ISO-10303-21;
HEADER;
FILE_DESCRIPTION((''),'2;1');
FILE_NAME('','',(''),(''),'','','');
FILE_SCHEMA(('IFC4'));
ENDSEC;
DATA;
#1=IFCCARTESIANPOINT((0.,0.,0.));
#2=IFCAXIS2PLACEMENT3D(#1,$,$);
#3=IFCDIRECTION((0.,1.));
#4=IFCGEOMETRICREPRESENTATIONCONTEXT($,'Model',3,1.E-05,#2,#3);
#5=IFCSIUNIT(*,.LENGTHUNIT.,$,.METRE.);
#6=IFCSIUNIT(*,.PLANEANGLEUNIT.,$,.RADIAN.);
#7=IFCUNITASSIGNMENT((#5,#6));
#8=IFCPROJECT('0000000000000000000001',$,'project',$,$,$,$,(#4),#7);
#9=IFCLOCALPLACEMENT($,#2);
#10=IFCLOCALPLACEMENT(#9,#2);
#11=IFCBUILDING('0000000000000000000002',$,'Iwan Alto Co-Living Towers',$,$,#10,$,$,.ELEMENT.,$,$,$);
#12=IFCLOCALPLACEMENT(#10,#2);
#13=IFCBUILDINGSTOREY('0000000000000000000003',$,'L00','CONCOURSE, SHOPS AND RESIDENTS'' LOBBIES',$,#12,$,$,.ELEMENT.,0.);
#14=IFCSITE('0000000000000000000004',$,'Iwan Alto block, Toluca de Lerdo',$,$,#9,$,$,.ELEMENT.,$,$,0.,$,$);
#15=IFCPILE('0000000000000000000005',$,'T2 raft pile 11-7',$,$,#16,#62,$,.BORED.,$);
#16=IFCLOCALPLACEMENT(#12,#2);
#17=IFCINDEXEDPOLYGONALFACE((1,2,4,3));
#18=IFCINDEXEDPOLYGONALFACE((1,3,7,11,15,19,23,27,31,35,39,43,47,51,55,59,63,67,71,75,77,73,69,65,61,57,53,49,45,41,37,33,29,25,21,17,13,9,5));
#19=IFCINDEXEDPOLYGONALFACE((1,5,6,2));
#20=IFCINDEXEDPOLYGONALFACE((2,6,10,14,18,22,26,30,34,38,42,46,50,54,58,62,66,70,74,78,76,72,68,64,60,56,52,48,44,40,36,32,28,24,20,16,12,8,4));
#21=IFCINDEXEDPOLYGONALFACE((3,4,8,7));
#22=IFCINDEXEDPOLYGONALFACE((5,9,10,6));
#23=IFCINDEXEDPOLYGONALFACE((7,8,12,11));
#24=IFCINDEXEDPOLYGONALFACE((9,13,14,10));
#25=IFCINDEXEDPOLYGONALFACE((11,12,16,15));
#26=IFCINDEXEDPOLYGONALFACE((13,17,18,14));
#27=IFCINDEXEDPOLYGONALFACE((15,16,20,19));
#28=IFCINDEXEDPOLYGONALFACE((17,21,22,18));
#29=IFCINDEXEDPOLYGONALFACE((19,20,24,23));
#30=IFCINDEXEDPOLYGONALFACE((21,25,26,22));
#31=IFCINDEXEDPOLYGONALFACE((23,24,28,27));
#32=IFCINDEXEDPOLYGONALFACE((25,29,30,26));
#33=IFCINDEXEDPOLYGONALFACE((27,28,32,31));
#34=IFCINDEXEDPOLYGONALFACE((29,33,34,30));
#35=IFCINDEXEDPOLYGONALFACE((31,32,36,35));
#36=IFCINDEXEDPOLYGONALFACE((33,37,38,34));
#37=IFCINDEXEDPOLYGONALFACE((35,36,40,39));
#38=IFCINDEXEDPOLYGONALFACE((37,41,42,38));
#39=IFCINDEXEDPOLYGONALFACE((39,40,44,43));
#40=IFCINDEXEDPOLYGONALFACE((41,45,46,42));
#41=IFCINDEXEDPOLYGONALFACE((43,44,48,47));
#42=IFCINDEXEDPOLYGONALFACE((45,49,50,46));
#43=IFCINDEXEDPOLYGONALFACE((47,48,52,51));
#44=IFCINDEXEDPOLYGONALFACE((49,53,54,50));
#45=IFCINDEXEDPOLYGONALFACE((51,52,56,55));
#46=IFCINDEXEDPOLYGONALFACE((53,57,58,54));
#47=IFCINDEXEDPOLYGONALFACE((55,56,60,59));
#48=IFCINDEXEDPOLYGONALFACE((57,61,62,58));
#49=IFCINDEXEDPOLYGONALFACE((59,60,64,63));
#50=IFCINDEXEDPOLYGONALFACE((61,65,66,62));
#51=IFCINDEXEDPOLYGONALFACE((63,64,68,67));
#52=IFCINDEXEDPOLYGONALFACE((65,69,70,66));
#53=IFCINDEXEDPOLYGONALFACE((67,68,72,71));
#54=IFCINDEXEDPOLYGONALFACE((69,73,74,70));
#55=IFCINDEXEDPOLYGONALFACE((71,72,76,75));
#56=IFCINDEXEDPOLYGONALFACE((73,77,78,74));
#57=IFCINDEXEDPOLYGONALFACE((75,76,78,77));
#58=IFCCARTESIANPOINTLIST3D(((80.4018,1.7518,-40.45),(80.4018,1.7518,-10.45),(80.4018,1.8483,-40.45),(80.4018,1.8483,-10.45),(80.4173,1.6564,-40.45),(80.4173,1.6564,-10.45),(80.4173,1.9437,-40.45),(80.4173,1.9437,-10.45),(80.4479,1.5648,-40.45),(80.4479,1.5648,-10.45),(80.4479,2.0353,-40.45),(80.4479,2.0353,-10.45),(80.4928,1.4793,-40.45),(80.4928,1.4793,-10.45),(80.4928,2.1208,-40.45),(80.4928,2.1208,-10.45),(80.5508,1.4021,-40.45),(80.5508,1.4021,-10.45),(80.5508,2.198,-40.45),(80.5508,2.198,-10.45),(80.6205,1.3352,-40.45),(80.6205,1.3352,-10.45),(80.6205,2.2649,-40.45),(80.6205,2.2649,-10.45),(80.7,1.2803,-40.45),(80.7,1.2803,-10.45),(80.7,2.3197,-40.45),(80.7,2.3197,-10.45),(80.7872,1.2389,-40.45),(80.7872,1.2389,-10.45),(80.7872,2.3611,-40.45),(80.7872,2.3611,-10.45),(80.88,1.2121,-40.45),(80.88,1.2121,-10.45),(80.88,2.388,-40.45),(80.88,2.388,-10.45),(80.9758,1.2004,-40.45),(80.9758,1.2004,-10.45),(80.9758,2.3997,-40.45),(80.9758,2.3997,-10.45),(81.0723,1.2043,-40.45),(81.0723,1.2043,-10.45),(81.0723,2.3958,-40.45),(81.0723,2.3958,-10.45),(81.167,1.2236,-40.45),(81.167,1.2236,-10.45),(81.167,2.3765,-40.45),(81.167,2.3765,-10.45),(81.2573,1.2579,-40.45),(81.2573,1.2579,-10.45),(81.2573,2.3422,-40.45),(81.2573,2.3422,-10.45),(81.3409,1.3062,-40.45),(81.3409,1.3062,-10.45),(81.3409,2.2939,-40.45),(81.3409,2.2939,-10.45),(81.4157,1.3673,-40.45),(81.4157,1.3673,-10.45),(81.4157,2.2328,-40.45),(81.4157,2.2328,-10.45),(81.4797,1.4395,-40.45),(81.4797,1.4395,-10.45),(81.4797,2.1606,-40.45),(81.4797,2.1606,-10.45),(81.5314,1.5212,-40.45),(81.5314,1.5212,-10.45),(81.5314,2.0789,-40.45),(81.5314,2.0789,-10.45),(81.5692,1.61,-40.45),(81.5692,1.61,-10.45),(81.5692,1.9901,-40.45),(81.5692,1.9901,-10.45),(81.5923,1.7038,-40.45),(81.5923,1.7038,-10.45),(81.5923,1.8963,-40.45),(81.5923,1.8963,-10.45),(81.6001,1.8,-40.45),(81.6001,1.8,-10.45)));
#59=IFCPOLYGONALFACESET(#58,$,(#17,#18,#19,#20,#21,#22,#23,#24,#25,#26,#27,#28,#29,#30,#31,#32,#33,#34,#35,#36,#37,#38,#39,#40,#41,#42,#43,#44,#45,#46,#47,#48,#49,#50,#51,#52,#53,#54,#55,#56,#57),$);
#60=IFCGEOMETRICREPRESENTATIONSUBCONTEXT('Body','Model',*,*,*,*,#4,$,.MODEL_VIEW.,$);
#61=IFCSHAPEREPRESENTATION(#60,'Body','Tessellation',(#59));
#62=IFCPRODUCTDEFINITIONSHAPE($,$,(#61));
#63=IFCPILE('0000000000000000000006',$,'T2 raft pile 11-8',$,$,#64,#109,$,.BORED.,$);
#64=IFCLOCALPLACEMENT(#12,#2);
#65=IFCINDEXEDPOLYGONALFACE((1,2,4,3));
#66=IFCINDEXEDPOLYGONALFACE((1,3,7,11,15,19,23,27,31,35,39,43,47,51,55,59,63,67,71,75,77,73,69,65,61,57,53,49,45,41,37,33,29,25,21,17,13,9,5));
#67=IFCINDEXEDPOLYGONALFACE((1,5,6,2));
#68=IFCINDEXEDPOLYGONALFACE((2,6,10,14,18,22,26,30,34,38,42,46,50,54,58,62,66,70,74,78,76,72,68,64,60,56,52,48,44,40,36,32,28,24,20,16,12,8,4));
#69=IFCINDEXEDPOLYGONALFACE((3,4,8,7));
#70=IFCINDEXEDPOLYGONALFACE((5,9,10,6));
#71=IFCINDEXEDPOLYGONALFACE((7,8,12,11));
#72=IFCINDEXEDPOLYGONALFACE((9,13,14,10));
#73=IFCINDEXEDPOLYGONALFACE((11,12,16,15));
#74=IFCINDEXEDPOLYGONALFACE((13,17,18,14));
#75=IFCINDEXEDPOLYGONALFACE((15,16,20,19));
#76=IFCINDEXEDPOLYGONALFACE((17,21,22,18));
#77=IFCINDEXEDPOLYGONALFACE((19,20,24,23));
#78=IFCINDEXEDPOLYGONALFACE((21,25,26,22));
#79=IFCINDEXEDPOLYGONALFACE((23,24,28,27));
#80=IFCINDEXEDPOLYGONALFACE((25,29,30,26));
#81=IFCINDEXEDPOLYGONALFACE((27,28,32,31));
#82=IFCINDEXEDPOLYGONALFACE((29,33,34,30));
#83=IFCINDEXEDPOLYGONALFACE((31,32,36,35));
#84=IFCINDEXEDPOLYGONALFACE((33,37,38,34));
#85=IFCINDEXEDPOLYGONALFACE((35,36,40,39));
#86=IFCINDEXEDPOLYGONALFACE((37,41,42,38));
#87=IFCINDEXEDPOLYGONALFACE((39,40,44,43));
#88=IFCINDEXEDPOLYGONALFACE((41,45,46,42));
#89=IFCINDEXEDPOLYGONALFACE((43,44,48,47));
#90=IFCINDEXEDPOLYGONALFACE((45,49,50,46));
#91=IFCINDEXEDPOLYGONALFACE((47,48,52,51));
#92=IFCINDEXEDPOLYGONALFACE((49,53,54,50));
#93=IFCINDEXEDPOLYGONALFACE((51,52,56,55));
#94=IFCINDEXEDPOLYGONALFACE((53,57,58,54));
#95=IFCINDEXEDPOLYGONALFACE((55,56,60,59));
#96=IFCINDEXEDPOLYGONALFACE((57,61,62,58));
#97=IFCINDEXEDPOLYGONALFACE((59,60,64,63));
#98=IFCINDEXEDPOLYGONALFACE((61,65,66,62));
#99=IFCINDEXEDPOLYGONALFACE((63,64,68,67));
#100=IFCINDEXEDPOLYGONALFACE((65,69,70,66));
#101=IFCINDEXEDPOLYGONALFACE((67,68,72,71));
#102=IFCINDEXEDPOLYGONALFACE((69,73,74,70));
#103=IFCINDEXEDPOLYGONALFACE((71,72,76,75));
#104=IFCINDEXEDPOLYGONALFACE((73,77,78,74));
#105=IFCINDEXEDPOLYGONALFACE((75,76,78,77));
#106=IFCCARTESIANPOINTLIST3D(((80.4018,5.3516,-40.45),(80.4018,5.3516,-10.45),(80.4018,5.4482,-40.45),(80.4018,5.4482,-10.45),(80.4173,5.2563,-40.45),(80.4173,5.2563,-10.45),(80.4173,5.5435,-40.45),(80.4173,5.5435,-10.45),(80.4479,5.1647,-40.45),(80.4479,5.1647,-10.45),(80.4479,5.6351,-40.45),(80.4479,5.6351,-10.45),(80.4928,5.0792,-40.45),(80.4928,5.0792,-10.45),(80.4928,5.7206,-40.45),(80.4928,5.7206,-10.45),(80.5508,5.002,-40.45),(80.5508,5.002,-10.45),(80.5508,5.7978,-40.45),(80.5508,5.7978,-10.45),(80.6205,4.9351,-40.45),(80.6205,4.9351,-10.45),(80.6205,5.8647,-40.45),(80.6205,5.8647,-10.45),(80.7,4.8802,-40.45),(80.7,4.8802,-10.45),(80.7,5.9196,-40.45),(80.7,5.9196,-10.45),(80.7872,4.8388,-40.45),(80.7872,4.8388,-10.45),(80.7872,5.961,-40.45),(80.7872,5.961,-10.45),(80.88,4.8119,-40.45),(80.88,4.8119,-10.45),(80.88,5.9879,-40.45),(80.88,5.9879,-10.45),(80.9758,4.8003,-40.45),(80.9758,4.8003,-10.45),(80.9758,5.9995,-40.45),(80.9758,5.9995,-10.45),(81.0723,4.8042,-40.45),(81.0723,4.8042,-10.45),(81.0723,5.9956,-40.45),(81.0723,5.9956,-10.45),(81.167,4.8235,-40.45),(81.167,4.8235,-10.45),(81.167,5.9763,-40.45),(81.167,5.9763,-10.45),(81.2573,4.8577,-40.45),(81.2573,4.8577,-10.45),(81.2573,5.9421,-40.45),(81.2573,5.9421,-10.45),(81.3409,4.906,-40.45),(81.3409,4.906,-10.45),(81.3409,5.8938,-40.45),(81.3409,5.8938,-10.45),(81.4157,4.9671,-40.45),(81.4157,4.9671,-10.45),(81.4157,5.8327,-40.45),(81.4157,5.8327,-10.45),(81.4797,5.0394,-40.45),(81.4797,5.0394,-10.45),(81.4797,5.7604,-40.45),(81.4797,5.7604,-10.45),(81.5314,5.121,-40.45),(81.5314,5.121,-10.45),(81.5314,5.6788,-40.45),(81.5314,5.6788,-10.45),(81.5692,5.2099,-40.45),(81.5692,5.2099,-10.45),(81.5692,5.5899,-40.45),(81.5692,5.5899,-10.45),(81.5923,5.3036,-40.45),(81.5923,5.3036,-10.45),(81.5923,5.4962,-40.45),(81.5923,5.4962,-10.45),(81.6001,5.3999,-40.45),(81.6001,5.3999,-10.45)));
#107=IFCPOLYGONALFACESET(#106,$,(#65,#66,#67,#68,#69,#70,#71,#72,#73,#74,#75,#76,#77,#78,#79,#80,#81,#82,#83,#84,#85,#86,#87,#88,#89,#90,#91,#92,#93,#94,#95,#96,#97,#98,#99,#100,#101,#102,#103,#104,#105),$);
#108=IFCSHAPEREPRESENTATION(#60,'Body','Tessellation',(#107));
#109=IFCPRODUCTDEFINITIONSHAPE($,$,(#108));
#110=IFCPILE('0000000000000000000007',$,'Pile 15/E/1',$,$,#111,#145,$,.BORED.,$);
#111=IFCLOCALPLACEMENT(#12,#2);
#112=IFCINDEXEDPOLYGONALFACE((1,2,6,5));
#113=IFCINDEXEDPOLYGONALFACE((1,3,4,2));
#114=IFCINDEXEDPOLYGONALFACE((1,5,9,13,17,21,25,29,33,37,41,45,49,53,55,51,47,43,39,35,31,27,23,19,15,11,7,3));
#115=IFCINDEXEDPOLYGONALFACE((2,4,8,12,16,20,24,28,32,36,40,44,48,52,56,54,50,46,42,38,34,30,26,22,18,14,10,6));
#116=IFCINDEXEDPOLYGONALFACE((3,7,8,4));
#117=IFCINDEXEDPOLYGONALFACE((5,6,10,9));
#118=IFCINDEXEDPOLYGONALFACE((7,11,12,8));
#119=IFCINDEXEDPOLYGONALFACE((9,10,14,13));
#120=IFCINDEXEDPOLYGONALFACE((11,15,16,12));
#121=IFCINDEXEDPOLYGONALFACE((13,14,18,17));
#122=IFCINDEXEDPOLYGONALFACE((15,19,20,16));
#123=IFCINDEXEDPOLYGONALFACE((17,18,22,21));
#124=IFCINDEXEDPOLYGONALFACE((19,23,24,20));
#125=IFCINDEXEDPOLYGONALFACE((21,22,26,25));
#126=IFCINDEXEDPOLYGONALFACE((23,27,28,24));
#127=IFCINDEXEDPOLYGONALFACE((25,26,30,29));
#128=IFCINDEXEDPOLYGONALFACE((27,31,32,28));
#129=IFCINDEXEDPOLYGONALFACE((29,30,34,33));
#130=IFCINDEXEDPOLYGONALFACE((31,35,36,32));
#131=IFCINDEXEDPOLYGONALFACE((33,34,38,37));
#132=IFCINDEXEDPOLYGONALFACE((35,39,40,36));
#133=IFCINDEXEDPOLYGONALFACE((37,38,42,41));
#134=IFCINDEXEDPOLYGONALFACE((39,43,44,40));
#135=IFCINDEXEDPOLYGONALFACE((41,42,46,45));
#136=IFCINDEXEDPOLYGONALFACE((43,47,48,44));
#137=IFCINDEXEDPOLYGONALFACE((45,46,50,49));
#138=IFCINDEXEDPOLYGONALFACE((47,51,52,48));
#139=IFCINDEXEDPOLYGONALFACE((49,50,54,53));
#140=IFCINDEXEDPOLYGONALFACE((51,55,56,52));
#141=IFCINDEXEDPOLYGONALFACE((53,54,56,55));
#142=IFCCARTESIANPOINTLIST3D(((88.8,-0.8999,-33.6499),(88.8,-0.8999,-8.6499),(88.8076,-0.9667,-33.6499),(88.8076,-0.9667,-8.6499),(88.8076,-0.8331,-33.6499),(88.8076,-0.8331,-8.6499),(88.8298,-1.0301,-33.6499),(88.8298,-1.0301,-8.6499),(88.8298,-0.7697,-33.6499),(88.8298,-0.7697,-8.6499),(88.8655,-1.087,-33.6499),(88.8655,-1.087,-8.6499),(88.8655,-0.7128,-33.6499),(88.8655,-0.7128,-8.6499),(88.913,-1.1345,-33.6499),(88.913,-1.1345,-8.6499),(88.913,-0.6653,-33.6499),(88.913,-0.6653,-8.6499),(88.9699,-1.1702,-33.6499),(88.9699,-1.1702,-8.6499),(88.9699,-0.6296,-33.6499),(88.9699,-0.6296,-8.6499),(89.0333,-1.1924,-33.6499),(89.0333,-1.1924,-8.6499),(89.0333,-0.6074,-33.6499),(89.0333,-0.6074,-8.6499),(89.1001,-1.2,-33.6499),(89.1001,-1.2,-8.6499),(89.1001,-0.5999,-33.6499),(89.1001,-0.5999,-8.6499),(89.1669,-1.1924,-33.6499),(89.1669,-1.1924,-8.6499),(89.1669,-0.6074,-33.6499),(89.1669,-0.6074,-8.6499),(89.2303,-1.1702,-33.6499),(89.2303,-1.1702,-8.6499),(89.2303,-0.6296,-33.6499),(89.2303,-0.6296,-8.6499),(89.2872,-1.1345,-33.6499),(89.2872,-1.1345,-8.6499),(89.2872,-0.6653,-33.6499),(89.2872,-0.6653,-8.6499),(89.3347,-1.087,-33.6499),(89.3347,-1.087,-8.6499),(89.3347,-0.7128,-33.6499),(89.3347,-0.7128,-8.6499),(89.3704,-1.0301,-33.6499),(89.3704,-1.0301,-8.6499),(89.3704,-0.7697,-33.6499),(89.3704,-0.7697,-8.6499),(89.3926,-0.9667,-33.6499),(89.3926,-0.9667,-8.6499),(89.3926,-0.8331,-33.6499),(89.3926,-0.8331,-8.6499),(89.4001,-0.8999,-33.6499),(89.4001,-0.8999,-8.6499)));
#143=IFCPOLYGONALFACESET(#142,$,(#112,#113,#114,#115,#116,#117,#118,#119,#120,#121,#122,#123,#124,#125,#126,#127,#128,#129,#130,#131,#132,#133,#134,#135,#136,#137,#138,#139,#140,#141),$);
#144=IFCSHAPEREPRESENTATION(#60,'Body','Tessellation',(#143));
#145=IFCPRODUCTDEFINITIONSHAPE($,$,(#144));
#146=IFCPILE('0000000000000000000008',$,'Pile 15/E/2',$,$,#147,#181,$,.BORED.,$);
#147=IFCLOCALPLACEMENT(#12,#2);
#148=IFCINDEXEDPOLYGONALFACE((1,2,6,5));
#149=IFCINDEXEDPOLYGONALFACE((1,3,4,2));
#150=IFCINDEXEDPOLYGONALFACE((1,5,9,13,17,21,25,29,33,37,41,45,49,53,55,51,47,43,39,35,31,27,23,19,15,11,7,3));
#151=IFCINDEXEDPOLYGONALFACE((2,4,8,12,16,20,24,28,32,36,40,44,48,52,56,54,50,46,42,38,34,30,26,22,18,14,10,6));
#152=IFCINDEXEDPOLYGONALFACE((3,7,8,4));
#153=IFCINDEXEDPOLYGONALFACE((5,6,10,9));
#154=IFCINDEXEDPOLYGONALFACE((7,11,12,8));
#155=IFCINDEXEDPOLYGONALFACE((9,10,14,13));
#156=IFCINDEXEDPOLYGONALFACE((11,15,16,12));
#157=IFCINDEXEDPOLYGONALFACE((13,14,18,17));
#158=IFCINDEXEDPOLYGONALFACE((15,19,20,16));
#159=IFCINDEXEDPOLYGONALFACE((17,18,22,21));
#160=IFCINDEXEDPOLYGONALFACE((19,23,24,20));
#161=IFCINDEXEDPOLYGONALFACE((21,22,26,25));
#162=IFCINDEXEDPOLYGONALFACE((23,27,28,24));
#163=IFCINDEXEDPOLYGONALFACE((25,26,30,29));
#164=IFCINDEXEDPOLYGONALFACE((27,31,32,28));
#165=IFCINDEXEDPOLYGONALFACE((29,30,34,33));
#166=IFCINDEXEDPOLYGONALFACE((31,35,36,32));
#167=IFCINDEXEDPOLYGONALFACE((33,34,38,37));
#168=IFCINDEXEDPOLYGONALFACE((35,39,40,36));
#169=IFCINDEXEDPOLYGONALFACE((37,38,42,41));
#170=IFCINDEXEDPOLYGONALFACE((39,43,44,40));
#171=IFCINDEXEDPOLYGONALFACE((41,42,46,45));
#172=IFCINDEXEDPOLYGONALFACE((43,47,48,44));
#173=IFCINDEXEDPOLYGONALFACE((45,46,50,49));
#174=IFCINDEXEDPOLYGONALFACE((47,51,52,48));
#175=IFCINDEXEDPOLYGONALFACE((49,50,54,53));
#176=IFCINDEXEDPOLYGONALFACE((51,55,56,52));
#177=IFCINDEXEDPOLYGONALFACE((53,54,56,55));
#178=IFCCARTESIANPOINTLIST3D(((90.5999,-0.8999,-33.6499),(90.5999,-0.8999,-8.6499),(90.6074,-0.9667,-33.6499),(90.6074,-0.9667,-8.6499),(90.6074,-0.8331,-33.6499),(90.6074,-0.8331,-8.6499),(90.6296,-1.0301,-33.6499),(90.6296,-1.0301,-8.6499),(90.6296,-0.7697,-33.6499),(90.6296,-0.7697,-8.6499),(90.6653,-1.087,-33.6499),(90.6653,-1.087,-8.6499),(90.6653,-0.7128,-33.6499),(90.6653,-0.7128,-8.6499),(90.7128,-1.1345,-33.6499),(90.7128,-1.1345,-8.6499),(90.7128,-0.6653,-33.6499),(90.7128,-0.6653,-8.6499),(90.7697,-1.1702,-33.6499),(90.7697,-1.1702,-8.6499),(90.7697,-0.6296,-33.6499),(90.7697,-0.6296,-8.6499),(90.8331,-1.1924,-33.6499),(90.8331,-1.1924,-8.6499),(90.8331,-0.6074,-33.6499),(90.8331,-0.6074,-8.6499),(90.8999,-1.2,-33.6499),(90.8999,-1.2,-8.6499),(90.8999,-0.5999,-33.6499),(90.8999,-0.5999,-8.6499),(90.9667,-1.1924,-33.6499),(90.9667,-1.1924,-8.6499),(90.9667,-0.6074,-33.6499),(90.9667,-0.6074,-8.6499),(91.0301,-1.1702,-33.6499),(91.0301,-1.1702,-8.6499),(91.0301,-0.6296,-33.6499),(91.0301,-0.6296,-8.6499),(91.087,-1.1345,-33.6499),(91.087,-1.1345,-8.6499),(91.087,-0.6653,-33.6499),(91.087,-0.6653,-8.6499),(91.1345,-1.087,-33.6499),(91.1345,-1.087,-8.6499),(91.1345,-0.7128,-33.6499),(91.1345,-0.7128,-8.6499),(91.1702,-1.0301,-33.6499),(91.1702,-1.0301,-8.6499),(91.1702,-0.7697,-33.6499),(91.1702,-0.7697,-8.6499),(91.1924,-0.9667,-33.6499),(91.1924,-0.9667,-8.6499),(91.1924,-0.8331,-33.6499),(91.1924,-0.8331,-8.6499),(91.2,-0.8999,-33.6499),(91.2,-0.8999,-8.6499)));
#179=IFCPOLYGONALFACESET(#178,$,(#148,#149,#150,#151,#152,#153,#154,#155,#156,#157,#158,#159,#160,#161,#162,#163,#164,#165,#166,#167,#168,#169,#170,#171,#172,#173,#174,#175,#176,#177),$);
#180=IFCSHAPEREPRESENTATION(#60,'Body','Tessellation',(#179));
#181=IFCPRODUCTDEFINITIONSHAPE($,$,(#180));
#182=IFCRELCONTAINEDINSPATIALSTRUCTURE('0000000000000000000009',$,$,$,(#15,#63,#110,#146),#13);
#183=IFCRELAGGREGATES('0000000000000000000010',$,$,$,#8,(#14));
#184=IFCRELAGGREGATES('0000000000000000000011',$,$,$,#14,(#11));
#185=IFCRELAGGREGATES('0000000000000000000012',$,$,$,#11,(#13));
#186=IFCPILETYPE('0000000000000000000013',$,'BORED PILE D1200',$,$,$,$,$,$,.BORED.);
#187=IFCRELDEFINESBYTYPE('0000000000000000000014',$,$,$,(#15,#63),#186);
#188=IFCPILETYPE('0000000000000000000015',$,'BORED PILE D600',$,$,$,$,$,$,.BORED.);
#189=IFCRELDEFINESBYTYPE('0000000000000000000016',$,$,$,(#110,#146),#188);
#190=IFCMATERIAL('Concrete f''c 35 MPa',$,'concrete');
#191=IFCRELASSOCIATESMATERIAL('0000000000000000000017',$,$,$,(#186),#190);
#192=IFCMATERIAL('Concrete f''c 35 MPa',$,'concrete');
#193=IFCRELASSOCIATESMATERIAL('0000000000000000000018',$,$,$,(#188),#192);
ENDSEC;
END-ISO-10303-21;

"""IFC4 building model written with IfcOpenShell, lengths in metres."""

from ifc_helpers import new_model, si_unit, direction, frame, origin, origin_2d, place, context, subcontext, project, spatial, circle, extrude, material, material_profile, profile_set, type_object, element, save


model = new_model("IFC4")

# Units and contexts
model_context = context("Model", 3, precision=1e-05, world=origin(), true_north=direction((0.0, 1.0)))
body_context = subcontext(model_context, "Body", "Model", "MODEL_VIEW")
ifc_project = project(units=[si_unit("LENGTHUNIT", "METRE"), si_unit("PLANEANGLEUNIT", "RADIAN")], contexts=[model_context])

# Site, building, storey
site_placement = place(None, origin())
site = spatial("IfcSite", under=ifc_project, at=site_placement, Name="Iwan Alto block, Toluca de Lerdo", CompositionType="ELEMENT", RefElevation=0.0)
building_placement = place(site_placement, origin())
building = spatial("IfcBuilding", under=site, at=building_placement, Name="Iwan Alto Co-Living Towers", CompositionType="ELEMENT")
storey_placement = place(building_placement, origin())
storey = spatial("IfcBuildingStorey", under=building, at=storey_placement, Name="L00", Description="CONCOURSE, SHOPS AND RESIDENTS' LOBBIES", CompositionType="ELEMENT", Elevation=0.0)

# Piles
ifc_material_1 = material(Name="Concrete f'c 35 MPa", Category="concrete")
ifc_material_profile_1 = material_profile(ifc_material_1, circle(Radius=0.6001, at=origin_2d()), Name="D1200")
ifc_profile_set_1 = profile_set([ifc_material_profile_1], Name="Concrete f'c 35 MPa")
pile_type_1 = type_object("IfcPileType", Name="BORED PILE D1200", PredefinedType="BORED", material=ifc_profile_set_1)
for number, where, z_axis, x_axis, name in (
    (1, (81.0, 1.8, -10.45), (0.0, 0.0, -1.0), (1.0, 0.0, 0.0), "T2 raft pile 11-7"),
    (2, (81.0, 5.3999, -10.45), (0.0, 0.0, -1.0), (1.0, 0.0, 0.0), "T2 raft pile 11-8"),
):
    element("IfcPile", number, at=place(storey_placement, frame(where, z_axis=z_axis, x_axis=x_axis)), inside=storey, type_object=pile_type_1, Name=name, PredefinedType="BORED", context=body_context, shape_type="SweptSolid", body=[
        extrude(circle(Radius=0.6001, at=origin_2d()), origin(), (0.0, 0.0, 1.0), 30.0),
    ])
ifc_material_2 = material(Name="Concrete f'c 35 MPa", Category="concrete")
ifc_material_profile_2 = material_profile(ifc_material_2, circle(Radius=0.3, at=origin_2d()), Name="D600")
ifc_profile_set_2 = profile_set([ifc_material_profile_2], Name="Concrete f'c 35 MPa")
pile_type_2 = type_object("IfcPileType", Name="BORED PILE D600", PredefinedType="BORED", material=ifc_profile_set_2)
for number, where, z_axis, x_axis, name in (
    (3, (89.1001, -0.8999, -8.6499), (0.0, 0.0, -1.0), (1.0, 0.0, 0.0), "Pile 15/E/1"),
    (4, (90.8999, -0.8999, -8.6499), (0.0, 0.0, -1.0), (1.0, 0.0, 0.0), "Pile 15/E/2"),
):
    element("IfcPile", number, at=place(storey_placement, frame(where, z_axis=z_axis, x_axis=x_axis)), inside=storey, type_object=pile_type_2, Name=name, PredefinedType="BORED", context=body_context, shape_type="SweptSolid", body=[
        extrude(circle(Radius=0.3, at=origin_2d()), origin(), (0.0, 0.0, 1.0), 25.0),
    ])

save(model, "model.ifc")
